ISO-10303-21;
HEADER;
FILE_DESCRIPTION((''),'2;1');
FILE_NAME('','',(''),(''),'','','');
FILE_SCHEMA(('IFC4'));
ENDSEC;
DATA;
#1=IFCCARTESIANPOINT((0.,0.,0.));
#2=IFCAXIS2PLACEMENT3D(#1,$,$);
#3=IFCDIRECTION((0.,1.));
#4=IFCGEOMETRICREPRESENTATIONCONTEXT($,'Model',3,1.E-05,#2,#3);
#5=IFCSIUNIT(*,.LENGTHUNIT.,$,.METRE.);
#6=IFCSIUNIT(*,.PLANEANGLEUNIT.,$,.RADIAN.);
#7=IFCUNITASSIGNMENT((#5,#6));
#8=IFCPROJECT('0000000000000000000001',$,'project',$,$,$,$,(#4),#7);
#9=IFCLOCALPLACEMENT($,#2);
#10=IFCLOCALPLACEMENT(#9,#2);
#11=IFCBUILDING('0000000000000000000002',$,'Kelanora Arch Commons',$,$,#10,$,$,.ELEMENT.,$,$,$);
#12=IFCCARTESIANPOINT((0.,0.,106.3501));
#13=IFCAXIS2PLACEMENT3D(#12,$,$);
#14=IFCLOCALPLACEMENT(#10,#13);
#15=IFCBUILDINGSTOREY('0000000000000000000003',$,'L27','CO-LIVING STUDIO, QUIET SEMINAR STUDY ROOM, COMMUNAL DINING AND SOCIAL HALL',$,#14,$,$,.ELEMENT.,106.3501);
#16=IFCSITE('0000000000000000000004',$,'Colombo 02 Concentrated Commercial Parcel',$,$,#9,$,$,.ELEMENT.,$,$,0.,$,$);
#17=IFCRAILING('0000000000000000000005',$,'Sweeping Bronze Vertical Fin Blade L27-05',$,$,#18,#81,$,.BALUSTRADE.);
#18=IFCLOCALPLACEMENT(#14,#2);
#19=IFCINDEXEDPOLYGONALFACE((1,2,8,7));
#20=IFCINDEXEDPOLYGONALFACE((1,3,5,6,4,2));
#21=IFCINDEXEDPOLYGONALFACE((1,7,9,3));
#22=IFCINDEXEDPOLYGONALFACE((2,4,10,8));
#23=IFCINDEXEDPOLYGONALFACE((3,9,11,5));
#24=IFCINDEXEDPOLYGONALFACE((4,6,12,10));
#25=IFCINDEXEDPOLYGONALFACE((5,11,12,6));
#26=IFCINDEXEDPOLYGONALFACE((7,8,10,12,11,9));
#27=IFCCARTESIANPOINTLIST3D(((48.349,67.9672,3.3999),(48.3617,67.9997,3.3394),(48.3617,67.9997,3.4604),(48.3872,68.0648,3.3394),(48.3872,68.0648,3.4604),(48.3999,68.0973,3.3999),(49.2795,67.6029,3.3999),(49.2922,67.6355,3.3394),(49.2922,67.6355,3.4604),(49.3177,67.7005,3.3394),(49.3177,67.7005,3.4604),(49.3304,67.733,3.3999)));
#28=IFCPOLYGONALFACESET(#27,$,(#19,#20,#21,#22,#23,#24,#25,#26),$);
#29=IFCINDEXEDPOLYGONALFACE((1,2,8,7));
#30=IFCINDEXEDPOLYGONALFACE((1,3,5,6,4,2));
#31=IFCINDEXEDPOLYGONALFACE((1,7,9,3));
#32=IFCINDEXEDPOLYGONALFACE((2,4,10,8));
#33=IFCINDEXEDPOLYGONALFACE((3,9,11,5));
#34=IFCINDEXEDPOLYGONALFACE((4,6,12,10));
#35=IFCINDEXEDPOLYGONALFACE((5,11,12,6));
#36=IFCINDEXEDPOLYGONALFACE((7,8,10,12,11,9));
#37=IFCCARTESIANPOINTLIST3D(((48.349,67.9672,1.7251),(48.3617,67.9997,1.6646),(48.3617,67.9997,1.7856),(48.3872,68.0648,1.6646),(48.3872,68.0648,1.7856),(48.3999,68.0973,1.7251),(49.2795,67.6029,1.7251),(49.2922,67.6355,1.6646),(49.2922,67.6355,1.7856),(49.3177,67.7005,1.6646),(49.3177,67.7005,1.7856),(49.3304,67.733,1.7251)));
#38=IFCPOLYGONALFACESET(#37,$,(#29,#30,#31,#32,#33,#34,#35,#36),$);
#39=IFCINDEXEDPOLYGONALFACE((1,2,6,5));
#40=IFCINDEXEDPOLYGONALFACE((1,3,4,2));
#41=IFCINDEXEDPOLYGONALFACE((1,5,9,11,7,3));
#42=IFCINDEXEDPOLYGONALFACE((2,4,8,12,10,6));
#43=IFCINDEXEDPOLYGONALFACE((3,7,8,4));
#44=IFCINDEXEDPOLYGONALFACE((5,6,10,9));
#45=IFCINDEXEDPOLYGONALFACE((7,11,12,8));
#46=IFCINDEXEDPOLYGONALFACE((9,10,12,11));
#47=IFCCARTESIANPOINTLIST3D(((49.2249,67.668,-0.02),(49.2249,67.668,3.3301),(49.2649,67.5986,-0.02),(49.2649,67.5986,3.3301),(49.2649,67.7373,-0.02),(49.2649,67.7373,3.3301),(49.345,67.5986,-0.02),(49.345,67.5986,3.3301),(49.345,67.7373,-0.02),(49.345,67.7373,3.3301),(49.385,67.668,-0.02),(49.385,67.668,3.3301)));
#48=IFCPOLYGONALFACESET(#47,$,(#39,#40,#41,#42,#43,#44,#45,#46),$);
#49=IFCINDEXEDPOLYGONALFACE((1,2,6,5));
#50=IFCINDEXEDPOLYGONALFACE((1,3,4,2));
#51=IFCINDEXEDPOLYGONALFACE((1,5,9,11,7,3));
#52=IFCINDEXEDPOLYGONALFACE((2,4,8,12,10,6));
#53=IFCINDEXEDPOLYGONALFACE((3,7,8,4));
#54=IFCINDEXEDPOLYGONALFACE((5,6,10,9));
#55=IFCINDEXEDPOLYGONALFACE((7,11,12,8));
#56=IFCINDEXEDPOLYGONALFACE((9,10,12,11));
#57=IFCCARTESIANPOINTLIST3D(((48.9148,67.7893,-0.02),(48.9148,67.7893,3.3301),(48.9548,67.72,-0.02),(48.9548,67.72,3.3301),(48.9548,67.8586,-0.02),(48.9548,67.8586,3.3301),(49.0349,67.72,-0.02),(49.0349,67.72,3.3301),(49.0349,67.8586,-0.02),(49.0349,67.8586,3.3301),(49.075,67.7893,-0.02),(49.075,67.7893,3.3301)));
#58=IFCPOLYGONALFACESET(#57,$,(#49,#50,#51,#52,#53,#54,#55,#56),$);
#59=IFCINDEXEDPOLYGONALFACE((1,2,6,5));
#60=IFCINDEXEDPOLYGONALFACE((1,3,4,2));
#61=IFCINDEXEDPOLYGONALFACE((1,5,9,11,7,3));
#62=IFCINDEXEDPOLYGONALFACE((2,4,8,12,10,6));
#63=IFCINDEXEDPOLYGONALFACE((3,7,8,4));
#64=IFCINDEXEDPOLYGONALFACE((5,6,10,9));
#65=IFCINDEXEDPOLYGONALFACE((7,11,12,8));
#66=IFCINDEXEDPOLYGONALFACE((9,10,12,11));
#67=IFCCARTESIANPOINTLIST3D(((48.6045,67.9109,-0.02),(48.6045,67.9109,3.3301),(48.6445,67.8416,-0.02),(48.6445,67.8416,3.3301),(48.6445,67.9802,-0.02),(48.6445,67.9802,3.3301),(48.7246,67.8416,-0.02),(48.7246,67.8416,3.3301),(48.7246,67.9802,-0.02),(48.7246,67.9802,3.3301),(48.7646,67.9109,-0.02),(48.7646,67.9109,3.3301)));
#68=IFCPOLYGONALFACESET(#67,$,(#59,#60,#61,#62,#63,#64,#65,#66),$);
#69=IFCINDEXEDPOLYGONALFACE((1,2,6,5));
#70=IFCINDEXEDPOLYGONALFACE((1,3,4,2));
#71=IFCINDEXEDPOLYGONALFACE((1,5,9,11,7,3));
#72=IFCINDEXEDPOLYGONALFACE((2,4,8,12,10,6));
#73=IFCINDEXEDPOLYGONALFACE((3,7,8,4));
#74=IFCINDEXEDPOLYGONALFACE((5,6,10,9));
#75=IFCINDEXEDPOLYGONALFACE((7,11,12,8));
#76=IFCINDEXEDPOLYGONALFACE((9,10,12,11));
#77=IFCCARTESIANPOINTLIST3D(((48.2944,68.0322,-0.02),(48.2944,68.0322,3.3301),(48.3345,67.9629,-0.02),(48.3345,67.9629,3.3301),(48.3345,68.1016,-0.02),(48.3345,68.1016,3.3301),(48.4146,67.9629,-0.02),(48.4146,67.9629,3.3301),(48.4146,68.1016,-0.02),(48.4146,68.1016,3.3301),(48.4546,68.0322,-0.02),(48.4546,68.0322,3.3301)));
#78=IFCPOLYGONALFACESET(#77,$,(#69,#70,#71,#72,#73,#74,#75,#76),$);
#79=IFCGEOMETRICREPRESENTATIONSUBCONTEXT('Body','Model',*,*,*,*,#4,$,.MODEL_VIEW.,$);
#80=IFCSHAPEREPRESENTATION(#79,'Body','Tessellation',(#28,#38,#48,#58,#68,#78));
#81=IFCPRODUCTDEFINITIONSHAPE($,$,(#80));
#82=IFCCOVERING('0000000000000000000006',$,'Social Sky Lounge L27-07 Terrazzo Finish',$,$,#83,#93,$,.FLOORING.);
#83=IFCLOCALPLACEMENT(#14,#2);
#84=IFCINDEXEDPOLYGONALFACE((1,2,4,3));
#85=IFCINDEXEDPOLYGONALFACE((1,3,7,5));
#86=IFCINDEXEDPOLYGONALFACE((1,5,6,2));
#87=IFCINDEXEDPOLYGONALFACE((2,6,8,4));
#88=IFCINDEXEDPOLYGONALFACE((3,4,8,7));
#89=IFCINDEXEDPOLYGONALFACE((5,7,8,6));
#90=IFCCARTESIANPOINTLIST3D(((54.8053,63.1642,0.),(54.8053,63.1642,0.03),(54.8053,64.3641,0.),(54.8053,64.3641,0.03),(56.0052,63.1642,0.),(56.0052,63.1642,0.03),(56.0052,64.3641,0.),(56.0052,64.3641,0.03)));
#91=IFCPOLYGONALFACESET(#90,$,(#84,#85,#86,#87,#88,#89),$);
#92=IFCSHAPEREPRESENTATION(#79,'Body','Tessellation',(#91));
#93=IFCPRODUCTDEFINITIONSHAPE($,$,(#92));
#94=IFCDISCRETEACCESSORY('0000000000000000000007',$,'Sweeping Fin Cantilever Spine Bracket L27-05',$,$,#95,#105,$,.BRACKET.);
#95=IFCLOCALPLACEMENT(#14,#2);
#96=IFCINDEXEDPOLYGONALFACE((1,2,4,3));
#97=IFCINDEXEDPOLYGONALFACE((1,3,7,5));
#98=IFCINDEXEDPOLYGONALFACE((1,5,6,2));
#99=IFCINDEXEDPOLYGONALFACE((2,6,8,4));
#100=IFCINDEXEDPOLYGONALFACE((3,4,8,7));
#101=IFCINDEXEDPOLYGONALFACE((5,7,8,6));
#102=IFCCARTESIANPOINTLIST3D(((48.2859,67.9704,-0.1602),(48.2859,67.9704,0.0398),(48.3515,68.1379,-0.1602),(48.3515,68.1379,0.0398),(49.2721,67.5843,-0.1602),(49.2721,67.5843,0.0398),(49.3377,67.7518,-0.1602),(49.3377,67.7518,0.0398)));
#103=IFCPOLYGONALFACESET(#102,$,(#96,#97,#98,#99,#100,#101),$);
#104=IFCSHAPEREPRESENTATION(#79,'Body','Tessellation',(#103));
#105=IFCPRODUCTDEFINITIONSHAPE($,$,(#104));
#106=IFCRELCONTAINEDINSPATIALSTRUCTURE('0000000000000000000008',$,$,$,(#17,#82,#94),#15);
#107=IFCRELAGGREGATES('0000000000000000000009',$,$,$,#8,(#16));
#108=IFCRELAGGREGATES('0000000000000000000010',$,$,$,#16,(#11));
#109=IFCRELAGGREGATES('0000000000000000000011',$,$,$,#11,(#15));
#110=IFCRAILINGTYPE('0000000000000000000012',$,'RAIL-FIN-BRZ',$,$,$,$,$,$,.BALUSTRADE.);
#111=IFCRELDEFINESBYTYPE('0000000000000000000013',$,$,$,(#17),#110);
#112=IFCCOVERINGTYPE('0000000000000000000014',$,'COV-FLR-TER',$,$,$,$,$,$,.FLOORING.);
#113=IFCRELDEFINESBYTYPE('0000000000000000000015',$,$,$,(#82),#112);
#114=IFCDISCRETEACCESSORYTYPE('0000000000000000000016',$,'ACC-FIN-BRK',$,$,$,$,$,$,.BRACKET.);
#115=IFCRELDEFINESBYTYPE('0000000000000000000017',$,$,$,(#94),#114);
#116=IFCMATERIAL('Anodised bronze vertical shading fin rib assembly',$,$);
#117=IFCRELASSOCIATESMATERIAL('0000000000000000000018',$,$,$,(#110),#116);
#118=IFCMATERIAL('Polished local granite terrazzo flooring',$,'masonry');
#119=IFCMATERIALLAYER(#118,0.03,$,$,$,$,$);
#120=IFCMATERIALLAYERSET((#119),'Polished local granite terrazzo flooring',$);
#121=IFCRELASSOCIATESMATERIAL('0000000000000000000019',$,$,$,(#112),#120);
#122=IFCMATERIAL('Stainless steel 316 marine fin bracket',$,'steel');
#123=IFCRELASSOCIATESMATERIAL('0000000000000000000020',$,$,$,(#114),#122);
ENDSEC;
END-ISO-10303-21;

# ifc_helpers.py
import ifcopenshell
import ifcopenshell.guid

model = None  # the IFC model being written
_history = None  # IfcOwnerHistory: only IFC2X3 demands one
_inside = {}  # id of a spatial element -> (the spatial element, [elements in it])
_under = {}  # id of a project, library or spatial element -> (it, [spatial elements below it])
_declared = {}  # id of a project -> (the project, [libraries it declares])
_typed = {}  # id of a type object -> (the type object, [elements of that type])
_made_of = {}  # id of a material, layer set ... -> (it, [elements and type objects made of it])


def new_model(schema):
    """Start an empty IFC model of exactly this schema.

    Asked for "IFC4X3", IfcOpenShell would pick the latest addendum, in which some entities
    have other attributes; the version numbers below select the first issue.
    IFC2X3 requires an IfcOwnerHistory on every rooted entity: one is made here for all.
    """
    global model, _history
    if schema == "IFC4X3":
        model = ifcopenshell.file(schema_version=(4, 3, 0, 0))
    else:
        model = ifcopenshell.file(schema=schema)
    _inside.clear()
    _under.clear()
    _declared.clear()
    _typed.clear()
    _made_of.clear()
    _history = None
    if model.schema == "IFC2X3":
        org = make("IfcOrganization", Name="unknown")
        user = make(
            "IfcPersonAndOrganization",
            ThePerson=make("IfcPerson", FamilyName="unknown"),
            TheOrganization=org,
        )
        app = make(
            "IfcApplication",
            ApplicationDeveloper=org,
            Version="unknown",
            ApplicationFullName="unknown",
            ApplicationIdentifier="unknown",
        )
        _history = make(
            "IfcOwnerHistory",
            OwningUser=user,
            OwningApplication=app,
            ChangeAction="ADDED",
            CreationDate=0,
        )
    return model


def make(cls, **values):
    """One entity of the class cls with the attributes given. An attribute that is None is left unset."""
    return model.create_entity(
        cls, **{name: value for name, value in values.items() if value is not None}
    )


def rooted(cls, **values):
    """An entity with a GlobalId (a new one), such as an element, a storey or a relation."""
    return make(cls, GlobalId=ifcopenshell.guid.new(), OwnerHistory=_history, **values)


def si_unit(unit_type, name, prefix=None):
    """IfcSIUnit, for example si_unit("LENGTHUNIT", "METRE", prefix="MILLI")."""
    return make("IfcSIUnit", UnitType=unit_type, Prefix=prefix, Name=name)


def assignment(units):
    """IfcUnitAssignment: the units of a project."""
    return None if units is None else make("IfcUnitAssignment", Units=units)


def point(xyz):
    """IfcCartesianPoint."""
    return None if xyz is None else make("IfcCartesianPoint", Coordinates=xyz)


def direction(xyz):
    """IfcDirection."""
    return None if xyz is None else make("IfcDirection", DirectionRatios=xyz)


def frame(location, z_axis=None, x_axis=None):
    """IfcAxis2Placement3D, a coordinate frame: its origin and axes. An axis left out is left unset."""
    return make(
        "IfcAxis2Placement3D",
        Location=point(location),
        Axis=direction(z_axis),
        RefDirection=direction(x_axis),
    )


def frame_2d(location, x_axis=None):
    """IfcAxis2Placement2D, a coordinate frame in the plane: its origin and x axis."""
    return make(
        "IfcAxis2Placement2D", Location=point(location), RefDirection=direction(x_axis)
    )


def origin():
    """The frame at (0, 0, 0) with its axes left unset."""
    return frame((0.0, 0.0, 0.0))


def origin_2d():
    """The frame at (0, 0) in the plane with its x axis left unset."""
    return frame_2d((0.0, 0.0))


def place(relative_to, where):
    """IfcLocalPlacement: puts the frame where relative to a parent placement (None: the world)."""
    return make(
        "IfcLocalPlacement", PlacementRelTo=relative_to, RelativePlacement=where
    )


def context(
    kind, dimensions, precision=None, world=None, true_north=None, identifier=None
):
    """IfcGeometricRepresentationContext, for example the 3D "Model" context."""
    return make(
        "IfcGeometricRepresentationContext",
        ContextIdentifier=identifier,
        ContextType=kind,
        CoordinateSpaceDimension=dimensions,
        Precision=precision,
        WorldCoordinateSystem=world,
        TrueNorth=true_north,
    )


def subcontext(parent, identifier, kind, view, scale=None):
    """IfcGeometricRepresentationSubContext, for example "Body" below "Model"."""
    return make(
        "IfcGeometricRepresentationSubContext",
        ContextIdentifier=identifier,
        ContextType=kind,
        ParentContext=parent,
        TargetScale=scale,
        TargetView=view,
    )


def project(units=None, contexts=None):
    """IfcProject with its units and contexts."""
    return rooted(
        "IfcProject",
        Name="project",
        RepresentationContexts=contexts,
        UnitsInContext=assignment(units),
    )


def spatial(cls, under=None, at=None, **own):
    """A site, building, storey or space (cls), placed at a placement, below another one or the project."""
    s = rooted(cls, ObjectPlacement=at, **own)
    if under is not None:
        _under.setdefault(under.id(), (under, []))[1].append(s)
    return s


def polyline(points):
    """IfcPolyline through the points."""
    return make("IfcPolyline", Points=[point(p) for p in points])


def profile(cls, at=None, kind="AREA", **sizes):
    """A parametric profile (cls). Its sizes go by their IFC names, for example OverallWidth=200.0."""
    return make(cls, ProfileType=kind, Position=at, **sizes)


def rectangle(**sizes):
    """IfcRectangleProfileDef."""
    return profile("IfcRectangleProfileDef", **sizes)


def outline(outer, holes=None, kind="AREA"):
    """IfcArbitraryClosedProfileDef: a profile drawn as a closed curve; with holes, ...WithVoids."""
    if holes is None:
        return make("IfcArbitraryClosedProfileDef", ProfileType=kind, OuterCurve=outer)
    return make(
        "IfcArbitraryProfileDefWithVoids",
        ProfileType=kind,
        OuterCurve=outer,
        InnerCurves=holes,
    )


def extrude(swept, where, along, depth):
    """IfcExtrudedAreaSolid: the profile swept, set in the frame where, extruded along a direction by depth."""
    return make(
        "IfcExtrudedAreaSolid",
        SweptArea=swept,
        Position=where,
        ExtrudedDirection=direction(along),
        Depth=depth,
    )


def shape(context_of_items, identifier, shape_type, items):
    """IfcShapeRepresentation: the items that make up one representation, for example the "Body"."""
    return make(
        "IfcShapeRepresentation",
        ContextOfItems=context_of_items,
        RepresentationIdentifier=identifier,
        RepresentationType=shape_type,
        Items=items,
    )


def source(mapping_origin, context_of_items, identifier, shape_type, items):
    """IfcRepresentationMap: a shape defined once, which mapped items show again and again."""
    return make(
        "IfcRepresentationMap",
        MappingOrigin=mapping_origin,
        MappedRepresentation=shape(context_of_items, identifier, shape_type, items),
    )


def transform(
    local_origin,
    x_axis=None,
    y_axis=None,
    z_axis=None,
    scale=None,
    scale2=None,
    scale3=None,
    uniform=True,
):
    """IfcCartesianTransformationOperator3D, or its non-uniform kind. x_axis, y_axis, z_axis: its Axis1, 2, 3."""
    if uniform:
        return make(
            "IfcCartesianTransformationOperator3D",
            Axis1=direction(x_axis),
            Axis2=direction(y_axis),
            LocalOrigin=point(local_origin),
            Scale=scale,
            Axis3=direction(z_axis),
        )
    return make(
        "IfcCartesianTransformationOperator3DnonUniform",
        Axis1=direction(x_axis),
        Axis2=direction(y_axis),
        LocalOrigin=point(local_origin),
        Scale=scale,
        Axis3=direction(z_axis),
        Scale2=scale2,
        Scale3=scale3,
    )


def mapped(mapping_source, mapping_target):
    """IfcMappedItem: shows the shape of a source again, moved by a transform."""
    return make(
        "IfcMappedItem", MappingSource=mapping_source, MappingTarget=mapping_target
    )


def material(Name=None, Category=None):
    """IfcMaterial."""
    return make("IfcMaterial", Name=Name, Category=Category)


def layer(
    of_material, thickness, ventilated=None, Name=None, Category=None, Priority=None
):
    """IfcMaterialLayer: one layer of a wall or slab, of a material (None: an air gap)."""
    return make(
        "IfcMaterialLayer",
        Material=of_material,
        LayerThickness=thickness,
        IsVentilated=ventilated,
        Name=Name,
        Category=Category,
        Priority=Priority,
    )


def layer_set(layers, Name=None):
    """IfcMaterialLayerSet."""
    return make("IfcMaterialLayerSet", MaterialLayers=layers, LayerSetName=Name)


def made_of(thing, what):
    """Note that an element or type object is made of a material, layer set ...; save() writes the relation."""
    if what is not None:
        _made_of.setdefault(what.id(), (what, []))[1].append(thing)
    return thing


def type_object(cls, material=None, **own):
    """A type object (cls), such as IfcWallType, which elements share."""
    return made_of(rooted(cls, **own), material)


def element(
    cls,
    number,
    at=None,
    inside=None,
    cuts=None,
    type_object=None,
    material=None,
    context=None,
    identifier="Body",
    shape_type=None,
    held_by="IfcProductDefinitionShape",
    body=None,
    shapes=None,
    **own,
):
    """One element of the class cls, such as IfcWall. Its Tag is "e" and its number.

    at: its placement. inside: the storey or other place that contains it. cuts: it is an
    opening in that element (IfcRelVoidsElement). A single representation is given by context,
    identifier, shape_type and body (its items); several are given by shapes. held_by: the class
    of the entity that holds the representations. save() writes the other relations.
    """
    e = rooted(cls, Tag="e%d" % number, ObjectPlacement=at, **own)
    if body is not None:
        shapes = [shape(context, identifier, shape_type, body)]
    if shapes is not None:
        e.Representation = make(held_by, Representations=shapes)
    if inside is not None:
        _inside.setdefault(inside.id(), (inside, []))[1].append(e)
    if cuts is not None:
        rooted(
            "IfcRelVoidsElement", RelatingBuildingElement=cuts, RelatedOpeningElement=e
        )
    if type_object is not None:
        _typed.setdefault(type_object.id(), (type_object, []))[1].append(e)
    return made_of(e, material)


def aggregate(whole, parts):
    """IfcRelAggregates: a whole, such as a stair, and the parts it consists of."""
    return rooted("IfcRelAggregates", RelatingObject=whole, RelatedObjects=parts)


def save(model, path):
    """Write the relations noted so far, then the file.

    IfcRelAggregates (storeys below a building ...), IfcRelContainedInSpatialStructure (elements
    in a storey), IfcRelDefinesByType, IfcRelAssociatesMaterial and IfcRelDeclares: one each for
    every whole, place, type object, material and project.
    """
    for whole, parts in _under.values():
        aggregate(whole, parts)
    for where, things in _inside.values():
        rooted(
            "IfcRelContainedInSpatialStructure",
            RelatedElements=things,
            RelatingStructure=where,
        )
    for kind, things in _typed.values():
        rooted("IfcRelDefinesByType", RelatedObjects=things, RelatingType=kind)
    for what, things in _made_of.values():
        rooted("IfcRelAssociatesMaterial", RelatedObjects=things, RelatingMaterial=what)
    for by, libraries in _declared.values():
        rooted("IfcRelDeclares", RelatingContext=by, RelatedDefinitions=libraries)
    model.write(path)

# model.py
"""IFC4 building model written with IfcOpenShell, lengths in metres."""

from ifc_helpers import new_model, si_unit, direction, frame, origin, origin_2d, place, context, subcontext, project, spatial, polyline, rectangle, outline, extrude, source, transform, mapped, material, layer, layer_set, type_object, element, save


model = new_model("IFC4")

# Units and contexts
model_context = context("Model", 3, precision=1e-05, world=origin(), true_north=direction((0.0, 1.0)))
body_context = subcontext(model_context, "Body", "Model", "MODEL_VIEW")
ifc_project = project(units=[si_unit("LENGTHUNIT", "METRE"), si_unit("PLANEANGLEUNIT", "RADIAN")], contexts=[model_context])

# Site, building, storey
site_placement = place(None, origin())
site = spatial("IfcSite", under=ifc_project, at=site_placement, Name="Colombo 02 Concentrated Commercial Parcel", CompositionType="ELEMENT", RefElevation=0.0)
building_placement = place(site_placement, origin())
building = spatial("IfcBuilding", under=site, at=building_placement, Name="Kelanora Arch Commons", CompositionType="ELEMENT")
storey_placement = place(building_placement, frame((0.0, 0.0, 106.3501)))
storey = spatial("IfcBuildingStorey", under=building, at=storey_placement, Name="L27", Description="CO-LIVING STUDIO, QUIET SEMINAR STUDY ROOM, COMMUNAL DINING AND SOCIAL HALL", CompositionType="ELEMENT", Elevation=106.3501)

# Railing
ifc_material_1 = material(Name="Anodised bronze vertical shading fin rib assembly")
railing_type = type_object("IfcRailingType", Name="RAIL-FIN-BRZ", PredefinedType="BALUSTRADE", material=ifc_material_1)
railing_placement = place(storey_placement, frame((49.3049, 67.668, -0.02)))
element("IfcRailing", 1, at=railing_placement, inside=storey, type_object=railing_type, Name="Sweeping Bronze Vertical Fin Blade L27-05", PredefinedType="BALUSTRADE", context=body_context, shape_type="SweptSolid", body=[
    extrude(outline(polyline([(0.0698, 0.0), (0.0349, 0.0605), (-0.0349, 0.0605), (-0.0698, 0.0), (-0.0349, -0.0605), (0.0349, -0.0605), (0.0698, 0.0)])), frame((0.0, 0.0, 3.4199), z_axis=(-0.931181, 0.364556, 0.0), x_axis=(-0.364556, -0.931181, 0.0)), (0.0, 0.0, 1.0), 0.9993),
    extrude(outline(polyline([(0.0698, 0.0), (0.0349, 0.0605), (-0.0349, 0.0605), (-0.0698, 0.0), (-0.0349, -0.0605), (0.0349, -0.0605), (0.0698, 0.0)])), frame((0.0, 0.0, 1.7451), z_axis=(-0.931181, 0.364556, 0.0), x_axis=(-0.364556, -0.931181, 0.0)), (0.0, 0.0, 1.0), 0.9993),
    extrude(outline(polyline([(0.0801, 0.0), (0.04, 0.0693), (-0.04, 0.0693), (-0.0801, 0.0), (-0.04, -0.0693), (0.04, -0.0693), (0.0801, 0.0)])), origin(), (0.0, 0.0, 1.0), 3.3501),
    extrude(outline(polyline([(0.0801, 0.0), (0.04, 0.0693), (-0.04, 0.0693), (-0.0801, 0.0), (-0.04, -0.0693), (0.04, -0.0693), (0.0801, 0.0)])), frame((-0.3101, 0.1213, 0.0)), (0.0, 0.0, 1.0), 3.3501),
    extrude(outline(polyline([(0.0801, 0.0), (0.04, 0.0693), (-0.04, 0.0693), (-0.0801, 0.0), (-0.04, -0.0693), (0.04, -0.0693), (0.0801, 0.0)])), frame((-0.6204, 0.2429, 0.0)), (0.0, 0.0, 1.0), 3.3501),
    extrude(outline(polyline([(0.0801, 0.0), (0.04, 0.0693), (-0.04, 0.0693), (-0.0801, 0.0), (-0.04, -0.0693), (0.04, -0.0693), (0.0801, 0.0)])), frame((-0.9304, 0.3643, 0.0)), (0.0, 0.0, 1.0), 3.3501),
])

# Covering
ifc_material_2 = material(Name="Polished local granite terrazzo flooring", Category="masonry")
ifc_layer_1 = layer(ifc_material_2, 0.03)
ifc_layer_set_1 = layer_set([ifc_layer_1], Name="Polished local granite terrazzo flooring")
covering_type = type_object("IfcCoveringType", Name="COV-FLR-TER", PredefinedType="FLOORING", material=ifc_layer_set_1)
shared_shape_1 = source(origin(), body_context, "Body", "SweptSolid", [
    extrude(rectangle(XDim=1.2, YDim=1.2, at=origin_2d()), origin(), (0.0, 0.0, 1.0), 0.03),
])
covering_placement = place(storey_placement, frame((55.4053, 63.7642, 0.0), z_axis=(0.0, 0.0, 1.0), x_axis=(1.0, 0.0, 0.0)))
element("IfcCovering", 2, at=covering_placement, inside=storey, type_object=covering_type, Name="Social Sky Lounge L27-07 Terrazzo Finish", PredefinedType="FLOORING", context=body_context, shape_type="MappedRepresentation", body=[
    mapped(shared_shape_1, transform((0.0, 0.0, 0.0), scale=1.0)),
])

# Discrete accessory
ifc_material_3 = material(Name="Stainless steel 316 marine fin bracket", Category="steel")
discrete_accessory_type = type_object("IfcDiscreteAccessoryType", Name="ACC-FIN-BRK", PredefinedType="BRACKET", material=ifc_material_3)
shared_shape_2 = source(origin(), body_context, "Body", "SweptSolid", [
    extrude(rectangle(XDim=1.0591, YDim=0.1799, at=origin_2d()), origin(), (0.0, 0.0, 1.0), 0.2),
])
discrete_accessory_placement = place(storey_placement, frame((48.8118, 67.8611, -0.1602), z_axis=(0.0, 0.0, 1.0), x_axis=(-0.931183, 0.364552, 0.0)))
element("IfcDiscreteAccessory", 3, at=discrete_accessory_placement, inside=storey, type_object=discrete_accessory_type, Name="Sweeping Fin Cantilever Spine Bracket L27-05", PredefinedType="BRACKET", context=body_context, shape_type="MappedRepresentation", body=[
    mapped(shared_shape_2, transform((0.0, 0.0, 0.0), scale=1.0)),
])

save(model, "model.ifc")
